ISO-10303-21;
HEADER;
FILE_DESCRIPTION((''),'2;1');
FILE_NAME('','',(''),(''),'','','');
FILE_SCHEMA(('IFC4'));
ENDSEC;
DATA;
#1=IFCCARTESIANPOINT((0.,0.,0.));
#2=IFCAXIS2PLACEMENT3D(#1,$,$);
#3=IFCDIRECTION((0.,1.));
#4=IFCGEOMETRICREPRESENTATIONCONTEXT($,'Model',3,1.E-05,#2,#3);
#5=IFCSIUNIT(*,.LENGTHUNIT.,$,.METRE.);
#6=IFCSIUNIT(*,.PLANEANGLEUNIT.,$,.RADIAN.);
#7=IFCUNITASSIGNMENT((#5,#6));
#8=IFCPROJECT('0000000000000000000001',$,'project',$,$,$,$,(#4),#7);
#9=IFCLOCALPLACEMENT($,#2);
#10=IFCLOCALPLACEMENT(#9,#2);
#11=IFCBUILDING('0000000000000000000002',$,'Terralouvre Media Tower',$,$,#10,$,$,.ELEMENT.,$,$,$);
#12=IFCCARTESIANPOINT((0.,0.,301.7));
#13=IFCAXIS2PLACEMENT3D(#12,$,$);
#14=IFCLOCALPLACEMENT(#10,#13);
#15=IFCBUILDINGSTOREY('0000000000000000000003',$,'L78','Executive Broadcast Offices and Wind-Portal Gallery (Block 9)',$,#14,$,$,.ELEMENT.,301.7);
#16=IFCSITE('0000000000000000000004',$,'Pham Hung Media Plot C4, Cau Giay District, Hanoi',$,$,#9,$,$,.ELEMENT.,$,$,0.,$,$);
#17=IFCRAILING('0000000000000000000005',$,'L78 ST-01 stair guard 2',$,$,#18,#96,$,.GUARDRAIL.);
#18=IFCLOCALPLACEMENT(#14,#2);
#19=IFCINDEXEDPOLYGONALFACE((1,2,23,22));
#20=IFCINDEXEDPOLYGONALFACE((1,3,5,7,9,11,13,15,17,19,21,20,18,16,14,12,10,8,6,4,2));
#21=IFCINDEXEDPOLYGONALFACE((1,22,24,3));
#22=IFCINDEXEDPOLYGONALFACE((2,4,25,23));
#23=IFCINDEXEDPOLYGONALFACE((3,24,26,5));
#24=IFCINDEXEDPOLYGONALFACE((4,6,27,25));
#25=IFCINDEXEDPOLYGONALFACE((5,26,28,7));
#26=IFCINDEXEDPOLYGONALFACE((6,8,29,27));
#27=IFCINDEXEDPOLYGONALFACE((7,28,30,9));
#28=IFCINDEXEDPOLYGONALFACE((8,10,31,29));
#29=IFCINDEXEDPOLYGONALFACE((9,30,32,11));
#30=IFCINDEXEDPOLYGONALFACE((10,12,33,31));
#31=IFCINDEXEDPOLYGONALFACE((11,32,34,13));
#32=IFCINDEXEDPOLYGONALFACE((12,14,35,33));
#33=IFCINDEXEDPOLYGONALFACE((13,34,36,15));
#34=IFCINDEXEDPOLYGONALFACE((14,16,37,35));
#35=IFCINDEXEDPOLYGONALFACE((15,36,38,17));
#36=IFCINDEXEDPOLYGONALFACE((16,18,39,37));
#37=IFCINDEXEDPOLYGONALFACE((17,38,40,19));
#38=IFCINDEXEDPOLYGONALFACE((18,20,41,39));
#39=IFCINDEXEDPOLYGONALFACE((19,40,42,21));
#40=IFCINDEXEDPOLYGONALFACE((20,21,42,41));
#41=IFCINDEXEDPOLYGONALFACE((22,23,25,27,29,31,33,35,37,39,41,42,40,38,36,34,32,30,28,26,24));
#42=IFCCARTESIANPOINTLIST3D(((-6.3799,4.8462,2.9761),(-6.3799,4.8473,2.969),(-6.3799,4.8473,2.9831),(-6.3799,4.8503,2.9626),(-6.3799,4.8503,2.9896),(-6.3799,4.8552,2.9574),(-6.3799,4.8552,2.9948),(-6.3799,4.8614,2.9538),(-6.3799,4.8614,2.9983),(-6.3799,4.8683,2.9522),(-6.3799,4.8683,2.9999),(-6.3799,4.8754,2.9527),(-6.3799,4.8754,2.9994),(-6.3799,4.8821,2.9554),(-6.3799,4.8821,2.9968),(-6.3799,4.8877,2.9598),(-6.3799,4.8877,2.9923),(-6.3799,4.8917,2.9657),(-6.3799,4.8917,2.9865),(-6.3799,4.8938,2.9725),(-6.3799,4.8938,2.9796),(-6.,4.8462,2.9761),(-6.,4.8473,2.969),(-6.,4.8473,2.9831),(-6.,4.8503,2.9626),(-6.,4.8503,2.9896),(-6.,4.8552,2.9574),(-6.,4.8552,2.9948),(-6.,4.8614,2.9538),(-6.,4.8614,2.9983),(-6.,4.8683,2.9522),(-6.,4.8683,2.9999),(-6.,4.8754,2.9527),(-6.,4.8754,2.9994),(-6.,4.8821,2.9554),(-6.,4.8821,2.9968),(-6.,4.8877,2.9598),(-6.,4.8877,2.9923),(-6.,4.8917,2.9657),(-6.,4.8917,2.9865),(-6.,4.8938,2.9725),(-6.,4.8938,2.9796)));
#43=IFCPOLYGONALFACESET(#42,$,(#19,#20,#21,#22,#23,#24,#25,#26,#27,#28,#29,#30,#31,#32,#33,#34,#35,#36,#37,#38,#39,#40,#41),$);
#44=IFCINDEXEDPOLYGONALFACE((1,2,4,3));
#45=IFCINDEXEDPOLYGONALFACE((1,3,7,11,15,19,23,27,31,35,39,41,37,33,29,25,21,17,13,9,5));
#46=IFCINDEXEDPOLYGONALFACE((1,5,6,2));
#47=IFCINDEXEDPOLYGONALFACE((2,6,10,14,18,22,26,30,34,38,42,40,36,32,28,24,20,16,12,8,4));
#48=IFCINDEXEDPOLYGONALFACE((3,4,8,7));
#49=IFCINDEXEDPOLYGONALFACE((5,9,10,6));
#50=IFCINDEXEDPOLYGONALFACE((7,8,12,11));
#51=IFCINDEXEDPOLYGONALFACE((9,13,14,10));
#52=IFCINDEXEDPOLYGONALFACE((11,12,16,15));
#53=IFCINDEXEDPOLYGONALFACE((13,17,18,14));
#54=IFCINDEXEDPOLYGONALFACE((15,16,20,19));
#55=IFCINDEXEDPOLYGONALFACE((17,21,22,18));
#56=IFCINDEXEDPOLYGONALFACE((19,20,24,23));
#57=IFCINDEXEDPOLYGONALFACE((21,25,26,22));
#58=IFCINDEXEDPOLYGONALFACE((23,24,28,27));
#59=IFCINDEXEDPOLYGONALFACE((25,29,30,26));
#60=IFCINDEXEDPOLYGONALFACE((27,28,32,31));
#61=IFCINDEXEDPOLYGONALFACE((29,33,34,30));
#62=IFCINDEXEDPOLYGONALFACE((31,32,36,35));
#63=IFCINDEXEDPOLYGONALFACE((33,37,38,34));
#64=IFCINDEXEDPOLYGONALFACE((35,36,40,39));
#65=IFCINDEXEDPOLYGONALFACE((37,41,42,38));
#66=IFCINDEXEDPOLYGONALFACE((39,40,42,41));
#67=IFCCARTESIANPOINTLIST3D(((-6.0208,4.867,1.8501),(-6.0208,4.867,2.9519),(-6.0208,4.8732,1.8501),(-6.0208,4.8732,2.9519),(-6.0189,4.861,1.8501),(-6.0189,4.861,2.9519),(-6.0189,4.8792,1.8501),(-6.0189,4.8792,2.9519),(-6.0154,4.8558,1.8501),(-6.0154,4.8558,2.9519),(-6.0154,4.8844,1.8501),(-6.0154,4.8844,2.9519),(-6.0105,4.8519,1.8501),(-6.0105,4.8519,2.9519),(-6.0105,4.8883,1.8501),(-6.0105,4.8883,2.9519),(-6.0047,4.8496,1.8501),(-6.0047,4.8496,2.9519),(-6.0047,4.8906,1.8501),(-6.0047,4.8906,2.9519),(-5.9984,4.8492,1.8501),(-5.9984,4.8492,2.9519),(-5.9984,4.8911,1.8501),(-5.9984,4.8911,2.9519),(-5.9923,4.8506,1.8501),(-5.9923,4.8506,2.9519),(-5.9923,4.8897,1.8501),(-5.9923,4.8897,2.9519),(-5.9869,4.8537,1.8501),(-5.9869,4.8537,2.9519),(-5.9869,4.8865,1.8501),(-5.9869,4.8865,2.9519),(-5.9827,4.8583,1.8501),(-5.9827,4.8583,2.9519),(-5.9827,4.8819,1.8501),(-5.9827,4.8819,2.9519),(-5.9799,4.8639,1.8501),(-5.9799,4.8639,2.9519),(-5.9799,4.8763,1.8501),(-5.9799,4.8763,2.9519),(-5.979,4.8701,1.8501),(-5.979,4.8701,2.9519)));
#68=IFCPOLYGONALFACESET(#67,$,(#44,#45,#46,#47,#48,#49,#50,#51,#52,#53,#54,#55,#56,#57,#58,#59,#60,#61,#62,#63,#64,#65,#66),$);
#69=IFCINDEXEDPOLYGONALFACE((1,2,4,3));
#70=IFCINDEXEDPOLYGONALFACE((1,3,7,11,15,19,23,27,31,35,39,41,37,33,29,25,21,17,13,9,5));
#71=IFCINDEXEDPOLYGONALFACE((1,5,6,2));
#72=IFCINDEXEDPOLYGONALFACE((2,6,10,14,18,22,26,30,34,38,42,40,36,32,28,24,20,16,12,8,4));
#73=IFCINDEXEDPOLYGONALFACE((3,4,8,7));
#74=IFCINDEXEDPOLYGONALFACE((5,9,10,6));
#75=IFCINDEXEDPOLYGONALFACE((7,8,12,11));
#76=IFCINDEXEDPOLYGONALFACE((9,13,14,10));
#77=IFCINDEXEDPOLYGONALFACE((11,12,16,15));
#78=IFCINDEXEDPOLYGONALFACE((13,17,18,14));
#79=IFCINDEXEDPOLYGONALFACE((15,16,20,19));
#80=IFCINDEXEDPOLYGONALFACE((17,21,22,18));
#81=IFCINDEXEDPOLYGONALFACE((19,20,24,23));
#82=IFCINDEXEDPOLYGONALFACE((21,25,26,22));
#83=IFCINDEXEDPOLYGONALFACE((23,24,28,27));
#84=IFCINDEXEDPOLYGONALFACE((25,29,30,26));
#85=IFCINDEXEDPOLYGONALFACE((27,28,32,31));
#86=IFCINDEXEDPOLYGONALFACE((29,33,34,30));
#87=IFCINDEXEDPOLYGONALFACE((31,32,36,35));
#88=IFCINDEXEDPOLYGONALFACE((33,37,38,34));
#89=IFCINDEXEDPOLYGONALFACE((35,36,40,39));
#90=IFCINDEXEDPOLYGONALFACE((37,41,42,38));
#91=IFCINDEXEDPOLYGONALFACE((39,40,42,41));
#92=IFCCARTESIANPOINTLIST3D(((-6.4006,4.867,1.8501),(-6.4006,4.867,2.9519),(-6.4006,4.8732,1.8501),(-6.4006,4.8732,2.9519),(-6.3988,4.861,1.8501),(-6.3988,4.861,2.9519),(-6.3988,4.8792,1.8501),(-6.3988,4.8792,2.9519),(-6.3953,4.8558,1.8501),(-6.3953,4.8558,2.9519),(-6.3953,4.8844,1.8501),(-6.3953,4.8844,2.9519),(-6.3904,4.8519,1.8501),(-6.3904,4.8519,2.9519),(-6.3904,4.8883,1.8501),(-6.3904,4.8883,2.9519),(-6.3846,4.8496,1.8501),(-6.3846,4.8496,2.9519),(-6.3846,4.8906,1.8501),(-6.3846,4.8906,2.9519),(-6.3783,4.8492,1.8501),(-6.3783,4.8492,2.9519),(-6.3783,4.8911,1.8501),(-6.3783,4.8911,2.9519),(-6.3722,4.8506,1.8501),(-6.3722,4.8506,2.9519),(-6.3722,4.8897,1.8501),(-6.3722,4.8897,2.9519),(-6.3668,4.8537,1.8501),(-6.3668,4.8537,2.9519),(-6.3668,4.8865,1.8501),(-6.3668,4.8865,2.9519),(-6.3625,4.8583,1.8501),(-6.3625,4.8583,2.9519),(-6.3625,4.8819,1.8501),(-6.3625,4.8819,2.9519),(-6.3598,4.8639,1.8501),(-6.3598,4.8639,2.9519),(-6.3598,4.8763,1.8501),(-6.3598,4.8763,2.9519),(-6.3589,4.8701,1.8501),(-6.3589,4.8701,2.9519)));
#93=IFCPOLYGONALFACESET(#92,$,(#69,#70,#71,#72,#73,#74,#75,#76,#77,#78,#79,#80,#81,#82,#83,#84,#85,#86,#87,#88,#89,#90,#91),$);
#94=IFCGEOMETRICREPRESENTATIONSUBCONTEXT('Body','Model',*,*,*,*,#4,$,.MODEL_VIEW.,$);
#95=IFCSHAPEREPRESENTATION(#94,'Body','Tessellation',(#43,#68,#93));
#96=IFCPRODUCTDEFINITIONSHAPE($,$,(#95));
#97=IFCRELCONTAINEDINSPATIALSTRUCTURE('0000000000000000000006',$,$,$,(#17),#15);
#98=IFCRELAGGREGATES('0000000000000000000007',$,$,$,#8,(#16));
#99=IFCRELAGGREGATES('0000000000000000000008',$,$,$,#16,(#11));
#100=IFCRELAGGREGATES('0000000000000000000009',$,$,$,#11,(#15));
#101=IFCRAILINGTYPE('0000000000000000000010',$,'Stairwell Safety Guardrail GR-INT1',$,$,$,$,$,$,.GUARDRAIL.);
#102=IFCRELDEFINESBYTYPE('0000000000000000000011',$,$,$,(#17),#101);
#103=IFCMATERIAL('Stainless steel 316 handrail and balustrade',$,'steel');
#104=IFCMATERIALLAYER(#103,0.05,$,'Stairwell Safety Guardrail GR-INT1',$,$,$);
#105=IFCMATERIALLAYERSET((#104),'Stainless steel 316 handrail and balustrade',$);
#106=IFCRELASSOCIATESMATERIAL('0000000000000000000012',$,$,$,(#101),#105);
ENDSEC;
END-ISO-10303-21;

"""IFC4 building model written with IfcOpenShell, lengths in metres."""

from ifc_helpers import new_model, si_unit, direction, frame, origin, origin_2d, place, context, subcontext, project, spatial, circle, extrude, material, layer, layer_set, type_object, element, save


model = new_model("IFC4")

# Units and contexts
model_context = context("Model", 3, precision=1e-05, world=origin(), true_north=direction((0.0, 1.0)))
body_context = subcontext(model_context, "Body", "Model", "MODEL_VIEW")
ifc_project = project(units=[si_unit("LENGTHUNIT", "METRE"), si_unit("PLANEANGLEUNIT", "RADIAN")], contexts=[model_context])

# Site, building, storey
site_placement = place(None, origin())
site = spatial("IfcSite", under=ifc_project, at=site_placement, Name="Pham Hung Media Plot C4, Cau Giay District, Hanoi", CompositionType="ELEMENT", RefElevation=0.0)
building_placement = place(site_placement, origin())
building = spatial("IfcBuilding", under=site, at=building_placement, Name="Terralouvre Media Tower", CompositionType="ELEMENT")
storey_placement = place(building_placement, frame((0.0, 0.0, 301.7)))
storey = spatial("IfcBuildingStorey", under=building, at=storey_placement, Name="L78", Description="Executive Broadcast Offices and Wind-Portal Gallery (Block 9)", CompositionType="ELEMENT", Elevation=301.7)

# Railing
ifc_material_1 = material(Name="Stainless steel 316 handrail and balustrade", Category="steel")
ifc_layer_1 = layer(ifc_material_1, 0.05, Name="Stairwell Safety Guardrail GR-INT1")
ifc_layer_set_1 = layer_set([ifc_layer_1], Name="Stainless steel 316 handrail and balustrade")
railing_type = type_object("IfcRailingType", Name="Stairwell Safety Guardrail GR-INT1", PredefinedType="GUARDRAIL", material=ifc_layer_set_1)
railing_1_placement = place(storey_placement, frame((-6.0, 4.8701, 1.8501)))
element("IfcRailing", 1, at=railing_1_placement, inside=storey, type_object=railing_type, Name="L78 ST-01 stair guard 2", PredefinedType="GUARDRAIL", context=body_context, shape_type="SweptSolid", body=[
    extrude(circle(Radius=0.0239, at=origin_2d()), frame((0.0, 0.0, 1.126), z_axis=(-1.0, 0.0, 0.0), x_axis=(0.0, -1.0, 0.0)), (0.0, 0.0, 1.0), 0.3799),
    extrude(circle(Radius=0.021, at=origin_2d()), origin(), (0.0, 0.0, 1.0), 1.1018),
    extrude(circle(Radius=0.021, at=origin_2d()), frame((-0.3799, 0.0, 0.0)), (0.0, 0.0, 1.0), 1.1018),
])

save(model, "model.ifc")
